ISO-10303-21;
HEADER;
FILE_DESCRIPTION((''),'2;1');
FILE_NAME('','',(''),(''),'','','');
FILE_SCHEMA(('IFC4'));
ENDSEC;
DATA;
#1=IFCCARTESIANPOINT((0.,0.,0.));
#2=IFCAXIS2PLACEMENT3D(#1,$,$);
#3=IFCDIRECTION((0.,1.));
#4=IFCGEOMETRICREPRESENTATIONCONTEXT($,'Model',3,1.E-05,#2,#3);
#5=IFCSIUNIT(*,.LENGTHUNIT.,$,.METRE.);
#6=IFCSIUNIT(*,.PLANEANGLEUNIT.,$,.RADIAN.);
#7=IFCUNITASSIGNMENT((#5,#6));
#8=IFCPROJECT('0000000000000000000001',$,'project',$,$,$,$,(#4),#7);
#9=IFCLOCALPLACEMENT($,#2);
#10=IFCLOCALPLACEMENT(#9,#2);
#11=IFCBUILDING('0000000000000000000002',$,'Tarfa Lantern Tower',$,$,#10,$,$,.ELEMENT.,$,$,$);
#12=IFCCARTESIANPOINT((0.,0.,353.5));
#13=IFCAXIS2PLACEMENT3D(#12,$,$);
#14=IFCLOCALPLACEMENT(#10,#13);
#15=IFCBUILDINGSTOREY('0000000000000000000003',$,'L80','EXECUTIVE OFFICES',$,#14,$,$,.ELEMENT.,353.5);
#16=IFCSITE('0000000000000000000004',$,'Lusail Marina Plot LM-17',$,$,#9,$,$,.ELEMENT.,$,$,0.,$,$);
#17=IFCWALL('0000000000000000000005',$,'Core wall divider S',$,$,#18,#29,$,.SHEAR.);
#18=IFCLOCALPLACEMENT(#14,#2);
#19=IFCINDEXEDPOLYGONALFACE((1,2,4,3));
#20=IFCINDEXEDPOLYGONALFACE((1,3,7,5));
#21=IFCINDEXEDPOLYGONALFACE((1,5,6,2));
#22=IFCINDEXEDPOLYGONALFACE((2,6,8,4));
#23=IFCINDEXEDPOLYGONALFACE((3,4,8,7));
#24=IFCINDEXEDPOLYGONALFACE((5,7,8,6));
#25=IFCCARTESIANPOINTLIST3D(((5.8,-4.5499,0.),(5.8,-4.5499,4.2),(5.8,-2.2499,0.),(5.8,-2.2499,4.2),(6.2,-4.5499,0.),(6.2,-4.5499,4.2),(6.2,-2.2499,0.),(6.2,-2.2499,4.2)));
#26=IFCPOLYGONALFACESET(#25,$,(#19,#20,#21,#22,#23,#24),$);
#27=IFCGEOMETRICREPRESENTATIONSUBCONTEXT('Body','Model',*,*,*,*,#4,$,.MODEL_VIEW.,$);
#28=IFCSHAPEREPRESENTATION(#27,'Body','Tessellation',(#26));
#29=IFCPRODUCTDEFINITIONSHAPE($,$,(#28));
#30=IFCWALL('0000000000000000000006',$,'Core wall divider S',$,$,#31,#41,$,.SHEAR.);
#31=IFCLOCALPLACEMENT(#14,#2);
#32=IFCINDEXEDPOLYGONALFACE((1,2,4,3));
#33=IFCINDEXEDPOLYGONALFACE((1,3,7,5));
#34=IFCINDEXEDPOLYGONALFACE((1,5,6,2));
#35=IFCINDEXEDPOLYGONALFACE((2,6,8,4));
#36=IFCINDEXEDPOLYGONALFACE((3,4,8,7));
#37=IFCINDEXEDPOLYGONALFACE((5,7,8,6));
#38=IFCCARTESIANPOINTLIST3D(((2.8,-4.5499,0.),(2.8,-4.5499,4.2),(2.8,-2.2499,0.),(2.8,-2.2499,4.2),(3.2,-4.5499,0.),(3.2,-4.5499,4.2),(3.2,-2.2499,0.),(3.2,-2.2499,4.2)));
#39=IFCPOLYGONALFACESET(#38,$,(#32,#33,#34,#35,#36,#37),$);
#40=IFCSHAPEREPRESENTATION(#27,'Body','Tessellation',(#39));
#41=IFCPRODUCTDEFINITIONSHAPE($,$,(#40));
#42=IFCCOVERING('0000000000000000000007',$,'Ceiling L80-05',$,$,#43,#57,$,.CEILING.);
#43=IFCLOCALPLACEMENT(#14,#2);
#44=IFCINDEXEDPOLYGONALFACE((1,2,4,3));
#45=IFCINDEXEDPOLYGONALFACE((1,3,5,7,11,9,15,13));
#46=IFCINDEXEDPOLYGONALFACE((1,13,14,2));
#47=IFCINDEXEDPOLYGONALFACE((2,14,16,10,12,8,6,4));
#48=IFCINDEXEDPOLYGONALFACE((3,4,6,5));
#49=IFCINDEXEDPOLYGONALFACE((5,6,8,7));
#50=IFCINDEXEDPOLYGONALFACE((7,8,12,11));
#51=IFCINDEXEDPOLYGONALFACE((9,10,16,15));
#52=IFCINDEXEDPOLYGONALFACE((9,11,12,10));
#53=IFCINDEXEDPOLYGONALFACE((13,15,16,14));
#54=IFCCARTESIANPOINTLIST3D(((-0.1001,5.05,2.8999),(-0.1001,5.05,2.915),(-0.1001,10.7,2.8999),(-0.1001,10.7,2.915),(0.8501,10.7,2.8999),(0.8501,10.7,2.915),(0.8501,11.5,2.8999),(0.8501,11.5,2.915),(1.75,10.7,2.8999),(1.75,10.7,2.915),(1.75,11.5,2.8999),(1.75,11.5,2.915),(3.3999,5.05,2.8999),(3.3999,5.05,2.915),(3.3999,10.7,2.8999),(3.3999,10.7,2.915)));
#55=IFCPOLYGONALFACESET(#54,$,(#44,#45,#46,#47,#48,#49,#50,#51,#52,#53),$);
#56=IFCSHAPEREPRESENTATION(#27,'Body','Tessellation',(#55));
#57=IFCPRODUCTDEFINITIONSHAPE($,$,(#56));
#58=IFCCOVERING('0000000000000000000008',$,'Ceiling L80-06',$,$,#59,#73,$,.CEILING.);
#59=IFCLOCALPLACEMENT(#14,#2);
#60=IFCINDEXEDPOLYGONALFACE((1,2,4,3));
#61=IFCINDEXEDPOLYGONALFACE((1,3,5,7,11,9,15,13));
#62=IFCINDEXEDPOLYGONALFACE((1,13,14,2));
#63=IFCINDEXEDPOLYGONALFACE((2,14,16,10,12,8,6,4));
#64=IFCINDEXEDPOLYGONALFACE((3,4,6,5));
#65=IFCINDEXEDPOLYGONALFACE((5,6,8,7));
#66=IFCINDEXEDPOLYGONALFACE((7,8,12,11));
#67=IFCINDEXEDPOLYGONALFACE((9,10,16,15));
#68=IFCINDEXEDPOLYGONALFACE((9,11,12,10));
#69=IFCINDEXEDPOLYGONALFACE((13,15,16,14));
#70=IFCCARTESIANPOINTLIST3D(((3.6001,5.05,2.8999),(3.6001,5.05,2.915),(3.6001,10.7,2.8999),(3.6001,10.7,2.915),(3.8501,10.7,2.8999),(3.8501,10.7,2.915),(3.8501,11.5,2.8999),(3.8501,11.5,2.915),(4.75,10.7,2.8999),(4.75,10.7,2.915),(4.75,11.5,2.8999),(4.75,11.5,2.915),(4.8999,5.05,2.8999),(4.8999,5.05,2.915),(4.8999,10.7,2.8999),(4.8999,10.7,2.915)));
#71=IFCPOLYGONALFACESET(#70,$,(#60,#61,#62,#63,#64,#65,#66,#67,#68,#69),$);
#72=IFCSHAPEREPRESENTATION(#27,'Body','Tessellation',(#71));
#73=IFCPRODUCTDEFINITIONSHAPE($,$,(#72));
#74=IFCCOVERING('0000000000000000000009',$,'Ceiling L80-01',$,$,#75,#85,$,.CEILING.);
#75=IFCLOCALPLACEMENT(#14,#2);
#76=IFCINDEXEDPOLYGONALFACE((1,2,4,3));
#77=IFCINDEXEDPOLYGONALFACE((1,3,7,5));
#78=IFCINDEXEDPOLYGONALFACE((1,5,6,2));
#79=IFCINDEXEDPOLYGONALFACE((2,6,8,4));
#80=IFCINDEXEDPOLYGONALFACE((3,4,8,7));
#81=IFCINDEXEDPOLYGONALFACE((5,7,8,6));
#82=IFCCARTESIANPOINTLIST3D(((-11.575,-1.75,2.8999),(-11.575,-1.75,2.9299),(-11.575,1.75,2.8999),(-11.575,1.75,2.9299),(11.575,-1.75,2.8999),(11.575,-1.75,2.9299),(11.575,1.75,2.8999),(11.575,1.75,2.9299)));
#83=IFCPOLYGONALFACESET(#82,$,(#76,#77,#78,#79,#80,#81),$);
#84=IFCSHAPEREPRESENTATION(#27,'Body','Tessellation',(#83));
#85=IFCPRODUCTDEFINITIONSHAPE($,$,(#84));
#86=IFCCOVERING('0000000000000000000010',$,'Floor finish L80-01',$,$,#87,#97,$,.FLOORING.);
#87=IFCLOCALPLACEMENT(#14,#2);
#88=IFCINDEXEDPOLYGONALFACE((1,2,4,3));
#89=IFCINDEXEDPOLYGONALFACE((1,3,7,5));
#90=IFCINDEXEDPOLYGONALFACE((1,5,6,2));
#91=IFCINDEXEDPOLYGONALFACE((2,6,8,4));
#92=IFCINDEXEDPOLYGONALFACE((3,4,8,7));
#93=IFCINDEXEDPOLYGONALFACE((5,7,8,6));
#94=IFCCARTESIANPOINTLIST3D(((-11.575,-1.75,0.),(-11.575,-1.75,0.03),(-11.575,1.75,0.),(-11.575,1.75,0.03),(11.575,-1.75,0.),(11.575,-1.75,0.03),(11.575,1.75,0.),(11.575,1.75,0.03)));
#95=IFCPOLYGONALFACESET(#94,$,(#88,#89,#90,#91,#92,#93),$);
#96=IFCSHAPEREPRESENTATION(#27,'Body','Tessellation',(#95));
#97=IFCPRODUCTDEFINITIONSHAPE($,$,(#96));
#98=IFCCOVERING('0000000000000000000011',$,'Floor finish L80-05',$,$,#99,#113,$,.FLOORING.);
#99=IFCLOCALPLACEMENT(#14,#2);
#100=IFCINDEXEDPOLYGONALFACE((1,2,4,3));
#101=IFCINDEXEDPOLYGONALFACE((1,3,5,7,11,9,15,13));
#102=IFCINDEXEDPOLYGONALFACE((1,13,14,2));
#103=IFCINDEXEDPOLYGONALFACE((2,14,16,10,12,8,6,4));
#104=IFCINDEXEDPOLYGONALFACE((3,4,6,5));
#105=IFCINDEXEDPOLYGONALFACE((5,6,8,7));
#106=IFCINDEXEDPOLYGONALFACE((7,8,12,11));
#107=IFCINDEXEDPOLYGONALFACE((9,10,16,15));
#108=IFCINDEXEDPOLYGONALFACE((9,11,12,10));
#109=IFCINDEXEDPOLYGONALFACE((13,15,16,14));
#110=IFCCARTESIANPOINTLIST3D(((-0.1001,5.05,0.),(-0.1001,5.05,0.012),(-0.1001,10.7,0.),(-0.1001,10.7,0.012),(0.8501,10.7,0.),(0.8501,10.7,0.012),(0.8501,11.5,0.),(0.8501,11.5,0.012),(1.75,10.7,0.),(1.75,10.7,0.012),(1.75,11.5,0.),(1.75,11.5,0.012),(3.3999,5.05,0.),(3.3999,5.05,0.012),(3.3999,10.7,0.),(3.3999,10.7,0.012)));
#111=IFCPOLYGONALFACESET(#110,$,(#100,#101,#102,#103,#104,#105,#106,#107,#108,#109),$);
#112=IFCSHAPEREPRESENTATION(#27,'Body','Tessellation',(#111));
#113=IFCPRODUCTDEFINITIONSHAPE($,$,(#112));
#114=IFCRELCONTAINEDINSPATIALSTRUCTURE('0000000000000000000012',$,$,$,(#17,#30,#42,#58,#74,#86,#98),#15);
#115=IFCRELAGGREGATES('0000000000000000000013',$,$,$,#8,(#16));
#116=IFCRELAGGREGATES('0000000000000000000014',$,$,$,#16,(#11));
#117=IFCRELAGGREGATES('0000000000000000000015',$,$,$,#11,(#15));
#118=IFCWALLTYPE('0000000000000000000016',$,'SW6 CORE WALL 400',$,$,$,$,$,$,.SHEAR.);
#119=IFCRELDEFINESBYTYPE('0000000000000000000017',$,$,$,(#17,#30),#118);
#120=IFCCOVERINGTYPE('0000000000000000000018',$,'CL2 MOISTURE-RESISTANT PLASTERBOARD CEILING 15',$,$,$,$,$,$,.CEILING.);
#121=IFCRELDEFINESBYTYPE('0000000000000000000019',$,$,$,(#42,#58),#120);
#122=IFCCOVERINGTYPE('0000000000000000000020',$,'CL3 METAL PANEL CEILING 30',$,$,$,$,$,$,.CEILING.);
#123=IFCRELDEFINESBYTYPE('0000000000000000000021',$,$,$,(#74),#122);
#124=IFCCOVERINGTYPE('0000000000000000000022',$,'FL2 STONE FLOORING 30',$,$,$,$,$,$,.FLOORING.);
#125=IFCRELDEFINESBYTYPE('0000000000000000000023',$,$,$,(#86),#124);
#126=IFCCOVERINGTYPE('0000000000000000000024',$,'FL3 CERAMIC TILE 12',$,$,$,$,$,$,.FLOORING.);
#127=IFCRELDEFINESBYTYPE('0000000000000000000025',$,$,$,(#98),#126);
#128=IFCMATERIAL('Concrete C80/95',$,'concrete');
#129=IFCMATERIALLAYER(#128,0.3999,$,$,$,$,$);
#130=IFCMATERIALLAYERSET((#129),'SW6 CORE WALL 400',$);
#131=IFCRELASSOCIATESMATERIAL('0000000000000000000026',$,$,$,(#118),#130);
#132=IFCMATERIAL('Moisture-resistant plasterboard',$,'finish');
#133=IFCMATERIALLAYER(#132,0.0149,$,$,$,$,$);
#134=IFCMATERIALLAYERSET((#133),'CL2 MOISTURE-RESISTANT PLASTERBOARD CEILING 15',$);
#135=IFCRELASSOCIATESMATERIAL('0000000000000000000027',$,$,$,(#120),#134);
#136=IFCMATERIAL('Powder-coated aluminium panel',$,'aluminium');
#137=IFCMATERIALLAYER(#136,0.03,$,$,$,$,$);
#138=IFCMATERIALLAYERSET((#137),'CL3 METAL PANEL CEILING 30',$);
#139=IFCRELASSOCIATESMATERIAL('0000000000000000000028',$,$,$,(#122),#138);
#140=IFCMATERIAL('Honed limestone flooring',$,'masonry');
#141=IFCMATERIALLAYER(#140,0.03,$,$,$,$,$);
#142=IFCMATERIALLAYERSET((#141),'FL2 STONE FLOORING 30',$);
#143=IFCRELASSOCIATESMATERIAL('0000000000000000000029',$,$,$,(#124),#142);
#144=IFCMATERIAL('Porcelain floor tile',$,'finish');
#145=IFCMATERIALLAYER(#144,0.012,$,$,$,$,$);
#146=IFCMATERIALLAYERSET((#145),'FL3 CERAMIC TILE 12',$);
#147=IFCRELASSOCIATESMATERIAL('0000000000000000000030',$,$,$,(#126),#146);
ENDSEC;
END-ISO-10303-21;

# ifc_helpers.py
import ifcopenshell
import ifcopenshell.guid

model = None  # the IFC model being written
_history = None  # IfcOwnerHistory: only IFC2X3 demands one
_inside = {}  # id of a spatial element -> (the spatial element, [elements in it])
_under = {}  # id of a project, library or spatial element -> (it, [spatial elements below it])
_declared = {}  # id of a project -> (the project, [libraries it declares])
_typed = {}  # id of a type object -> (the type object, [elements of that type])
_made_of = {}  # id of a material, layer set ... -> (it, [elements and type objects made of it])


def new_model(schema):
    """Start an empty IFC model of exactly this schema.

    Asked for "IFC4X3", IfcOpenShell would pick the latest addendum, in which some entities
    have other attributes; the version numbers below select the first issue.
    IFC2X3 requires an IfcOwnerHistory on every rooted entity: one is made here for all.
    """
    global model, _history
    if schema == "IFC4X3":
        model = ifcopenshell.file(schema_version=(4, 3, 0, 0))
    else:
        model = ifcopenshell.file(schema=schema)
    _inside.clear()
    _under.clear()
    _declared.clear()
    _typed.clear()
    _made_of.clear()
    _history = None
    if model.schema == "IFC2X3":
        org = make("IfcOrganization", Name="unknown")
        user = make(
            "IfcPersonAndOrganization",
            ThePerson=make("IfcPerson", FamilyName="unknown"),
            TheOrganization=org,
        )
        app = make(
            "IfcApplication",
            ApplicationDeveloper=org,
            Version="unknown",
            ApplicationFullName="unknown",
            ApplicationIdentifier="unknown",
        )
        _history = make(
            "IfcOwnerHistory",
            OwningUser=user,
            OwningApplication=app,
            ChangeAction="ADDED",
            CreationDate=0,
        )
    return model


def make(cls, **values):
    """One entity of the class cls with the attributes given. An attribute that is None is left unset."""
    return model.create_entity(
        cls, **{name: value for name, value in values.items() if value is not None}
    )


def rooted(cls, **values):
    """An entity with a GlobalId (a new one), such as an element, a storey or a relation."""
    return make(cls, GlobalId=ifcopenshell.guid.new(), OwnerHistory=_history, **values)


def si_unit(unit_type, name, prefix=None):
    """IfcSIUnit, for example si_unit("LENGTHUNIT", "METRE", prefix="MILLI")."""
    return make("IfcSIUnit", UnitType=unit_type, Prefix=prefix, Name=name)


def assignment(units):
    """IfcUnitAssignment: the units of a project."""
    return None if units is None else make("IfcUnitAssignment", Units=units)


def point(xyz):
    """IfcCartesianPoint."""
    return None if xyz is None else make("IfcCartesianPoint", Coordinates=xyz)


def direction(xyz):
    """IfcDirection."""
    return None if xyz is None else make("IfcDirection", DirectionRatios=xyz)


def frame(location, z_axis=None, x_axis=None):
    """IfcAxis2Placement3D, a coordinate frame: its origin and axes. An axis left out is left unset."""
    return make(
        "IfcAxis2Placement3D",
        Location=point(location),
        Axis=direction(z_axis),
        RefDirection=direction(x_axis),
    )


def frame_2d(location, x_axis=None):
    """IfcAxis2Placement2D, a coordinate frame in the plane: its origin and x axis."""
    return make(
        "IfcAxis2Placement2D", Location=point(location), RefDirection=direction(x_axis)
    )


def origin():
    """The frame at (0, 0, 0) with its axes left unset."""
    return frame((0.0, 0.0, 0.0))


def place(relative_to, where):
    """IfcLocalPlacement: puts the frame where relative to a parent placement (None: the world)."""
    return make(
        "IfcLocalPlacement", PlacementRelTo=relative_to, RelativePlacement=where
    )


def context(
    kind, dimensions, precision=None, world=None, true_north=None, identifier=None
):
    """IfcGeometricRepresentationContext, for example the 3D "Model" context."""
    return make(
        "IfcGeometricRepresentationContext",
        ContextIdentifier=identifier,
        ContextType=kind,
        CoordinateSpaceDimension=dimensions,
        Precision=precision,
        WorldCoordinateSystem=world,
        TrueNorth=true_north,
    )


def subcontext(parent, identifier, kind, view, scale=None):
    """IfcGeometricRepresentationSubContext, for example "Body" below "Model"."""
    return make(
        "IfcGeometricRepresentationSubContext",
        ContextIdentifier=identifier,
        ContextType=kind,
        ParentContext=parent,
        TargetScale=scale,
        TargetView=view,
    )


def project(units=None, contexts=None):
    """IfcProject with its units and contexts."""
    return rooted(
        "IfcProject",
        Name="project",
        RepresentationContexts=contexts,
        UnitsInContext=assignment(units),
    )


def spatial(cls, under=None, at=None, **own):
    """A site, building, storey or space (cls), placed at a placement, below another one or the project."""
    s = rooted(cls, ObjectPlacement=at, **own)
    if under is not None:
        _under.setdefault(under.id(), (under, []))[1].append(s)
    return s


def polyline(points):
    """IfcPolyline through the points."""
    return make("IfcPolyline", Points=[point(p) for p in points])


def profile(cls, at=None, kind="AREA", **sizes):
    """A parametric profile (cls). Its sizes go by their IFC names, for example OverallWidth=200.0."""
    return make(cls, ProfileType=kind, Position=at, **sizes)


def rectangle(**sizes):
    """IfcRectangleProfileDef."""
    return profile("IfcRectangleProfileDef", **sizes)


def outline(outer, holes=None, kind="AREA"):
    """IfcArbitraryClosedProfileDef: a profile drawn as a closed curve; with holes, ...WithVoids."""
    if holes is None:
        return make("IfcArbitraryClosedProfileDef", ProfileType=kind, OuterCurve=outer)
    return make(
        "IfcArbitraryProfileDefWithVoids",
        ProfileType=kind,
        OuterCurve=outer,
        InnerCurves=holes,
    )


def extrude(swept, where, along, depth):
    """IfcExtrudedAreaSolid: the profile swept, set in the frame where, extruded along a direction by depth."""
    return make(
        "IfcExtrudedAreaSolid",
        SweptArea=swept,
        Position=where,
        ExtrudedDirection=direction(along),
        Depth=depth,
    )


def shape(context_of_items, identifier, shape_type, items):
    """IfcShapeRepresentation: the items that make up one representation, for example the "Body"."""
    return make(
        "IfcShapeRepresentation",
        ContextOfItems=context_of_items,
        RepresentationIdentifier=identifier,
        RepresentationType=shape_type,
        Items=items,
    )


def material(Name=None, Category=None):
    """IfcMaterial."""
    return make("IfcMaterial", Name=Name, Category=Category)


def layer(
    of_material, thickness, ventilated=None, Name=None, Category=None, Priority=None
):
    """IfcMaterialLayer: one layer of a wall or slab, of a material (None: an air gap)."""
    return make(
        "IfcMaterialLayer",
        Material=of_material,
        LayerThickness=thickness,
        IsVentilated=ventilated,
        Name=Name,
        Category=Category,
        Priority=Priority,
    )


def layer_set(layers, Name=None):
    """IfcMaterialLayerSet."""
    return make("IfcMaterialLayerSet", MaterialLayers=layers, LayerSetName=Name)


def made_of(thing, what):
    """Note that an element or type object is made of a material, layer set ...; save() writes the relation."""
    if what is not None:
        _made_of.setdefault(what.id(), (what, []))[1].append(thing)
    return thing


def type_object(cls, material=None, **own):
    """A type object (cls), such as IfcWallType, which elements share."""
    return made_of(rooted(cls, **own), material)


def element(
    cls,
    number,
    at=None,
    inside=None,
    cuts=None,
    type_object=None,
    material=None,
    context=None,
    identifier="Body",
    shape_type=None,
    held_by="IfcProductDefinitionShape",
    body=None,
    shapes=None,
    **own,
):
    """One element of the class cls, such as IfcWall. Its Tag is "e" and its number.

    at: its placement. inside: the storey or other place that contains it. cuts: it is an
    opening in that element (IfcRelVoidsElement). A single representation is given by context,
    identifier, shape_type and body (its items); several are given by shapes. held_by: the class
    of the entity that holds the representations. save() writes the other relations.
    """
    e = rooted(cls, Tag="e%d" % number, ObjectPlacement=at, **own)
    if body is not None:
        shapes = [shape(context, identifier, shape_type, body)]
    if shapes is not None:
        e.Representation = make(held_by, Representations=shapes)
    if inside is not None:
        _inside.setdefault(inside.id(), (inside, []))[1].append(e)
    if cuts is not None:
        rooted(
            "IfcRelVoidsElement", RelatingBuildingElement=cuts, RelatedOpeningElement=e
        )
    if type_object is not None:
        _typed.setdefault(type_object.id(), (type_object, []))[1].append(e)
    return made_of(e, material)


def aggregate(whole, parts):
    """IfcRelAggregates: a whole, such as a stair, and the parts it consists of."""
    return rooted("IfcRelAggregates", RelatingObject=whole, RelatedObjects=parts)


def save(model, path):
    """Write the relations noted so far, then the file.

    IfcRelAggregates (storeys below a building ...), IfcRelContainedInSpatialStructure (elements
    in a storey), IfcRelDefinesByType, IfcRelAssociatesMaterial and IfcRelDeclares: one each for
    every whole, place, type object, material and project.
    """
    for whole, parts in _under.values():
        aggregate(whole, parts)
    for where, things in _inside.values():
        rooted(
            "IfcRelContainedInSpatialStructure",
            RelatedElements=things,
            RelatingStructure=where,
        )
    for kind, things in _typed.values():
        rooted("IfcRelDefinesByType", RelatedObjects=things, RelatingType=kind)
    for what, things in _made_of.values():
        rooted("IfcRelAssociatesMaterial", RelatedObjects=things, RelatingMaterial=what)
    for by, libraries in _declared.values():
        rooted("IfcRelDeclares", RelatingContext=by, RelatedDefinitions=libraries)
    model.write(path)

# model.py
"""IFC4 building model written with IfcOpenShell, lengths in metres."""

from ifc_helpers import new_model, si_unit, direction, frame, frame_2d, origin, place, context, subcontext, project, spatial, polyline, rectangle, outline, extrude, material, layer, layer_set, type_object, element, save


model = new_model("IFC4")

# Units and contexts
model_context = context("Model", 3, precision=1e-05, world=origin(), true_north=direction((0.0, 1.0)))
body_context = subcontext(model_context, "Body", "Model", "MODEL_VIEW")
ifc_project = project(units=[si_unit("LENGTHUNIT", "METRE"), si_unit("PLANEANGLEUNIT", "RADIAN")], contexts=[model_context])

# Site, building, storey
site_placement = place(None, origin())
site = spatial("IfcSite", under=ifc_project, at=site_placement, Name="Lusail Marina Plot LM-17", CompositionType="ELEMENT", RefElevation=0.0)
building_placement = place(site_placement, origin())
building = spatial("IfcBuilding", under=site, at=building_placement, Name="Tarfa Lantern Tower", CompositionType="ELEMENT")
storey_placement = place(building_placement, frame((0.0, 0.0, 353.5)))
storey = spatial("IfcBuildingStorey", under=building, at=storey_placement, Name="L80", Description="EXECUTIVE OFFICES", CompositionType="ELEMENT", Elevation=353.5)

# Shared definitions
ifc_material_1 = material(Name="Concrete C80/95", Category="concrete")

# Walls
ifc_layer_1 = layer(ifc_material_1, 0.3999)
ifc_layer_set_1 = layer_set([ifc_layer_1], Name="SW6 CORE WALL 400")
wall_type_1 = type_object("IfcWallType", Name="SW6 CORE WALL 400", PredefinedType="SHEAR", material=ifc_layer_set_1)
for number, where, z_axis, x_axis, name in (
    (1, (6.0, -2.25, 0.0), (0.0, 0.0, 1.0), (0.0, -1.0, 0.0), "Core wall divider S"),
    (2, (3.0, -2.25, 0.0), (0.0, 0.0, 1.0), (0.0, -1.0, 0.0), "Core wall divider S"),
):
    element("IfcWall", number, at=place(storey_placement, frame(where, z_axis=z_axis, x_axis=x_axis)), inside=storey, type_object=wall_type_1, Name=name, PredefinedType="SHEAR", context=body_context, shape_type="SweptSolid", body=[
        extrude(rectangle(XDim=2.3, YDim=0.3999, at=frame_2d((1.1499, 0.0))), origin(), (0.0, 0.0, 1.0), 4.2),
    ])

# Coverings
ifc_material_2 = material(Name="Moisture-resistant plasterboard", Category="finish")
ifc_layer_2 = layer(ifc_material_2, 0.0149)
ifc_layer_set_2 = layer_set([ifc_layer_2], Name="CL2 MOISTURE-RESISTANT PLASTERBOARD CEILING 15")
covering_type_1 = type_object("IfcCoveringType", Name="CL2 MOISTURE-RESISTANT PLASTERBOARD CEILING 15", PredefinedType="CEILING", material=ifc_layer_set_2)
covering_1_placement = place(storey_placement, frame((0.0, 0.0, 2.8999)))
element("IfcCovering", 3, at=covering_1_placement, inside=storey, type_object=covering_type_1, Name="Ceiling L80-05", PredefinedType="CEILING", context=body_context, shape_type="SweptSolid", body=[
    extrude(outline(polyline([(0.8501, 10.7), (-0.1001, 10.7), (-0.1001, 5.05), (3.3999, 5.05), (3.3999, 10.7), (1.75, 10.7), (1.75, 11.5), (0.8501, 11.5), (0.8501, 11.5), (0.8501, 10.7)])), origin(), (0.0, 0.0, 1.0), 0.0151),
])
covering_2_placement = place(storey_placement, frame((0.0, 0.0, 2.8999)))
element("IfcCovering", 4, at=covering_2_placement, inside=storey, type_object=covering_type_1, Name="Ceiling L80-06", PredefinedType="CEILING", context=body_context, shape_type="SweptSolid", body=[
    extrude(outline(polyline([(3.6001, 5.05), (4.8999, 5.05), (4.8999, 10.7), (4.75, 10.7), (4.75, 11.5), (3.8501, 11.5), (3.8501, 10.7), (3.6001, 10.7), (3.6001, 5.05)])), origin(), (0.0, 0.0, 1.0), 0.0151),
])
ifc_material_3 = material(Name="Powder-coated aluminium panel", Category="aluminium")
ifc_layer_3 = layer(ifc_material_3, 0.03)
ifc_layer_set_3 = layer_set([ifc_layer_3], Name="CL3 METAL PANEL CEILING 30")
covering_type_2 = type_object("IfcCoveringType", Name="CL3 METAL PANEL CEILING 30", PredefinedType="CEILING", material=ifc_layer_set_3)
covering_3_placement = place(storey_placement, frame((0.0, 0.0, 2.8999)))
element("IfcCovering", 5, at=covering_3_placement, inside=storey, type_object=covering_type_2, Name="Ceiling L80-01", PredefinedType="CEILING", context=body_context, shape_type="SweptSolid", body=[
    extrude(outline(polyline([(-11.575, -1.75), (11.575, -1.75), (11.575, 1.75), (-11.575, 1.75), (-11.575, -1.75)])), origin(), (0.0, 0.0, 1.0), 0.03),
])
ifc_material_4 = material(Name="Honed limestone flooring", Category="masonry")
ifc_layer_4 = layer(ifc_material_4, 0.03)
ifc_layer_set_4 = layer_set([ifc_layer_4], Name="FL2 STONE FLOORING 30")
covering_type_3 = type_object("IfcCoveringType", Name="FL2 STONE FLOORING 30", PredefinedType="FLOORING", material=ifc_layer_set_4)
covering_4_placement = place(storey_placement, origin())
element("IfcCovering", 6, at=covering_4_placement, inside=storey, type_object=covering_type_3, Name="Floor finish L80-01", PredefinedType="FLOORING", context=body_context, shape_type="SweptSolid", body=[
    extrude(outline(polyline([(-11.575, -1.75), (11.575, -1.75), (11.575, 1.75), (-11.575, 1.75), (-11.575, -1.75)])), origin(), (0.0, 0.0, 1.0), 0.03),
])
ifc_material_5 = material(Name="Porcelain floor tile", Category="finish")
ifc_layer_5 = layer(ifc_material_5, 0.012)
ifc_layer_set_5 = layer_set([ifc_layer_5], Name="FL3 CERAMIC TILE 12")
covering_type_4 = type_object("IfcCoveringType", Name="FL3 CERAMIC TILE 12", PredefinedType="FLOORING", material=ifc_layer_set_5)
covering_5_placement = place(storey_placement, origin())
element("IfcCovering", 7, at=covering_5_placement, inside=storey, type_object=covering_type_4, Name="Floor finish L80-05", PredefinedType="FLOORING", context=body_context, shape_type="SweptSolid", body=[
    extrude(outline(polyline([(0.8501, 10.7), (-0.1001, 10.7), (-0.1001, 5.05), (3.3999, 5.05), (3.3999, 10.7), (1.75, 10.7), (1.75, 11.5), (0.8501, 11.5), (0.8501, 11.5), (0.8501, 10.7)])), origin(), (0.0, 0.0, 1.0), 0.012),
])

save(model, "model.ifc")
